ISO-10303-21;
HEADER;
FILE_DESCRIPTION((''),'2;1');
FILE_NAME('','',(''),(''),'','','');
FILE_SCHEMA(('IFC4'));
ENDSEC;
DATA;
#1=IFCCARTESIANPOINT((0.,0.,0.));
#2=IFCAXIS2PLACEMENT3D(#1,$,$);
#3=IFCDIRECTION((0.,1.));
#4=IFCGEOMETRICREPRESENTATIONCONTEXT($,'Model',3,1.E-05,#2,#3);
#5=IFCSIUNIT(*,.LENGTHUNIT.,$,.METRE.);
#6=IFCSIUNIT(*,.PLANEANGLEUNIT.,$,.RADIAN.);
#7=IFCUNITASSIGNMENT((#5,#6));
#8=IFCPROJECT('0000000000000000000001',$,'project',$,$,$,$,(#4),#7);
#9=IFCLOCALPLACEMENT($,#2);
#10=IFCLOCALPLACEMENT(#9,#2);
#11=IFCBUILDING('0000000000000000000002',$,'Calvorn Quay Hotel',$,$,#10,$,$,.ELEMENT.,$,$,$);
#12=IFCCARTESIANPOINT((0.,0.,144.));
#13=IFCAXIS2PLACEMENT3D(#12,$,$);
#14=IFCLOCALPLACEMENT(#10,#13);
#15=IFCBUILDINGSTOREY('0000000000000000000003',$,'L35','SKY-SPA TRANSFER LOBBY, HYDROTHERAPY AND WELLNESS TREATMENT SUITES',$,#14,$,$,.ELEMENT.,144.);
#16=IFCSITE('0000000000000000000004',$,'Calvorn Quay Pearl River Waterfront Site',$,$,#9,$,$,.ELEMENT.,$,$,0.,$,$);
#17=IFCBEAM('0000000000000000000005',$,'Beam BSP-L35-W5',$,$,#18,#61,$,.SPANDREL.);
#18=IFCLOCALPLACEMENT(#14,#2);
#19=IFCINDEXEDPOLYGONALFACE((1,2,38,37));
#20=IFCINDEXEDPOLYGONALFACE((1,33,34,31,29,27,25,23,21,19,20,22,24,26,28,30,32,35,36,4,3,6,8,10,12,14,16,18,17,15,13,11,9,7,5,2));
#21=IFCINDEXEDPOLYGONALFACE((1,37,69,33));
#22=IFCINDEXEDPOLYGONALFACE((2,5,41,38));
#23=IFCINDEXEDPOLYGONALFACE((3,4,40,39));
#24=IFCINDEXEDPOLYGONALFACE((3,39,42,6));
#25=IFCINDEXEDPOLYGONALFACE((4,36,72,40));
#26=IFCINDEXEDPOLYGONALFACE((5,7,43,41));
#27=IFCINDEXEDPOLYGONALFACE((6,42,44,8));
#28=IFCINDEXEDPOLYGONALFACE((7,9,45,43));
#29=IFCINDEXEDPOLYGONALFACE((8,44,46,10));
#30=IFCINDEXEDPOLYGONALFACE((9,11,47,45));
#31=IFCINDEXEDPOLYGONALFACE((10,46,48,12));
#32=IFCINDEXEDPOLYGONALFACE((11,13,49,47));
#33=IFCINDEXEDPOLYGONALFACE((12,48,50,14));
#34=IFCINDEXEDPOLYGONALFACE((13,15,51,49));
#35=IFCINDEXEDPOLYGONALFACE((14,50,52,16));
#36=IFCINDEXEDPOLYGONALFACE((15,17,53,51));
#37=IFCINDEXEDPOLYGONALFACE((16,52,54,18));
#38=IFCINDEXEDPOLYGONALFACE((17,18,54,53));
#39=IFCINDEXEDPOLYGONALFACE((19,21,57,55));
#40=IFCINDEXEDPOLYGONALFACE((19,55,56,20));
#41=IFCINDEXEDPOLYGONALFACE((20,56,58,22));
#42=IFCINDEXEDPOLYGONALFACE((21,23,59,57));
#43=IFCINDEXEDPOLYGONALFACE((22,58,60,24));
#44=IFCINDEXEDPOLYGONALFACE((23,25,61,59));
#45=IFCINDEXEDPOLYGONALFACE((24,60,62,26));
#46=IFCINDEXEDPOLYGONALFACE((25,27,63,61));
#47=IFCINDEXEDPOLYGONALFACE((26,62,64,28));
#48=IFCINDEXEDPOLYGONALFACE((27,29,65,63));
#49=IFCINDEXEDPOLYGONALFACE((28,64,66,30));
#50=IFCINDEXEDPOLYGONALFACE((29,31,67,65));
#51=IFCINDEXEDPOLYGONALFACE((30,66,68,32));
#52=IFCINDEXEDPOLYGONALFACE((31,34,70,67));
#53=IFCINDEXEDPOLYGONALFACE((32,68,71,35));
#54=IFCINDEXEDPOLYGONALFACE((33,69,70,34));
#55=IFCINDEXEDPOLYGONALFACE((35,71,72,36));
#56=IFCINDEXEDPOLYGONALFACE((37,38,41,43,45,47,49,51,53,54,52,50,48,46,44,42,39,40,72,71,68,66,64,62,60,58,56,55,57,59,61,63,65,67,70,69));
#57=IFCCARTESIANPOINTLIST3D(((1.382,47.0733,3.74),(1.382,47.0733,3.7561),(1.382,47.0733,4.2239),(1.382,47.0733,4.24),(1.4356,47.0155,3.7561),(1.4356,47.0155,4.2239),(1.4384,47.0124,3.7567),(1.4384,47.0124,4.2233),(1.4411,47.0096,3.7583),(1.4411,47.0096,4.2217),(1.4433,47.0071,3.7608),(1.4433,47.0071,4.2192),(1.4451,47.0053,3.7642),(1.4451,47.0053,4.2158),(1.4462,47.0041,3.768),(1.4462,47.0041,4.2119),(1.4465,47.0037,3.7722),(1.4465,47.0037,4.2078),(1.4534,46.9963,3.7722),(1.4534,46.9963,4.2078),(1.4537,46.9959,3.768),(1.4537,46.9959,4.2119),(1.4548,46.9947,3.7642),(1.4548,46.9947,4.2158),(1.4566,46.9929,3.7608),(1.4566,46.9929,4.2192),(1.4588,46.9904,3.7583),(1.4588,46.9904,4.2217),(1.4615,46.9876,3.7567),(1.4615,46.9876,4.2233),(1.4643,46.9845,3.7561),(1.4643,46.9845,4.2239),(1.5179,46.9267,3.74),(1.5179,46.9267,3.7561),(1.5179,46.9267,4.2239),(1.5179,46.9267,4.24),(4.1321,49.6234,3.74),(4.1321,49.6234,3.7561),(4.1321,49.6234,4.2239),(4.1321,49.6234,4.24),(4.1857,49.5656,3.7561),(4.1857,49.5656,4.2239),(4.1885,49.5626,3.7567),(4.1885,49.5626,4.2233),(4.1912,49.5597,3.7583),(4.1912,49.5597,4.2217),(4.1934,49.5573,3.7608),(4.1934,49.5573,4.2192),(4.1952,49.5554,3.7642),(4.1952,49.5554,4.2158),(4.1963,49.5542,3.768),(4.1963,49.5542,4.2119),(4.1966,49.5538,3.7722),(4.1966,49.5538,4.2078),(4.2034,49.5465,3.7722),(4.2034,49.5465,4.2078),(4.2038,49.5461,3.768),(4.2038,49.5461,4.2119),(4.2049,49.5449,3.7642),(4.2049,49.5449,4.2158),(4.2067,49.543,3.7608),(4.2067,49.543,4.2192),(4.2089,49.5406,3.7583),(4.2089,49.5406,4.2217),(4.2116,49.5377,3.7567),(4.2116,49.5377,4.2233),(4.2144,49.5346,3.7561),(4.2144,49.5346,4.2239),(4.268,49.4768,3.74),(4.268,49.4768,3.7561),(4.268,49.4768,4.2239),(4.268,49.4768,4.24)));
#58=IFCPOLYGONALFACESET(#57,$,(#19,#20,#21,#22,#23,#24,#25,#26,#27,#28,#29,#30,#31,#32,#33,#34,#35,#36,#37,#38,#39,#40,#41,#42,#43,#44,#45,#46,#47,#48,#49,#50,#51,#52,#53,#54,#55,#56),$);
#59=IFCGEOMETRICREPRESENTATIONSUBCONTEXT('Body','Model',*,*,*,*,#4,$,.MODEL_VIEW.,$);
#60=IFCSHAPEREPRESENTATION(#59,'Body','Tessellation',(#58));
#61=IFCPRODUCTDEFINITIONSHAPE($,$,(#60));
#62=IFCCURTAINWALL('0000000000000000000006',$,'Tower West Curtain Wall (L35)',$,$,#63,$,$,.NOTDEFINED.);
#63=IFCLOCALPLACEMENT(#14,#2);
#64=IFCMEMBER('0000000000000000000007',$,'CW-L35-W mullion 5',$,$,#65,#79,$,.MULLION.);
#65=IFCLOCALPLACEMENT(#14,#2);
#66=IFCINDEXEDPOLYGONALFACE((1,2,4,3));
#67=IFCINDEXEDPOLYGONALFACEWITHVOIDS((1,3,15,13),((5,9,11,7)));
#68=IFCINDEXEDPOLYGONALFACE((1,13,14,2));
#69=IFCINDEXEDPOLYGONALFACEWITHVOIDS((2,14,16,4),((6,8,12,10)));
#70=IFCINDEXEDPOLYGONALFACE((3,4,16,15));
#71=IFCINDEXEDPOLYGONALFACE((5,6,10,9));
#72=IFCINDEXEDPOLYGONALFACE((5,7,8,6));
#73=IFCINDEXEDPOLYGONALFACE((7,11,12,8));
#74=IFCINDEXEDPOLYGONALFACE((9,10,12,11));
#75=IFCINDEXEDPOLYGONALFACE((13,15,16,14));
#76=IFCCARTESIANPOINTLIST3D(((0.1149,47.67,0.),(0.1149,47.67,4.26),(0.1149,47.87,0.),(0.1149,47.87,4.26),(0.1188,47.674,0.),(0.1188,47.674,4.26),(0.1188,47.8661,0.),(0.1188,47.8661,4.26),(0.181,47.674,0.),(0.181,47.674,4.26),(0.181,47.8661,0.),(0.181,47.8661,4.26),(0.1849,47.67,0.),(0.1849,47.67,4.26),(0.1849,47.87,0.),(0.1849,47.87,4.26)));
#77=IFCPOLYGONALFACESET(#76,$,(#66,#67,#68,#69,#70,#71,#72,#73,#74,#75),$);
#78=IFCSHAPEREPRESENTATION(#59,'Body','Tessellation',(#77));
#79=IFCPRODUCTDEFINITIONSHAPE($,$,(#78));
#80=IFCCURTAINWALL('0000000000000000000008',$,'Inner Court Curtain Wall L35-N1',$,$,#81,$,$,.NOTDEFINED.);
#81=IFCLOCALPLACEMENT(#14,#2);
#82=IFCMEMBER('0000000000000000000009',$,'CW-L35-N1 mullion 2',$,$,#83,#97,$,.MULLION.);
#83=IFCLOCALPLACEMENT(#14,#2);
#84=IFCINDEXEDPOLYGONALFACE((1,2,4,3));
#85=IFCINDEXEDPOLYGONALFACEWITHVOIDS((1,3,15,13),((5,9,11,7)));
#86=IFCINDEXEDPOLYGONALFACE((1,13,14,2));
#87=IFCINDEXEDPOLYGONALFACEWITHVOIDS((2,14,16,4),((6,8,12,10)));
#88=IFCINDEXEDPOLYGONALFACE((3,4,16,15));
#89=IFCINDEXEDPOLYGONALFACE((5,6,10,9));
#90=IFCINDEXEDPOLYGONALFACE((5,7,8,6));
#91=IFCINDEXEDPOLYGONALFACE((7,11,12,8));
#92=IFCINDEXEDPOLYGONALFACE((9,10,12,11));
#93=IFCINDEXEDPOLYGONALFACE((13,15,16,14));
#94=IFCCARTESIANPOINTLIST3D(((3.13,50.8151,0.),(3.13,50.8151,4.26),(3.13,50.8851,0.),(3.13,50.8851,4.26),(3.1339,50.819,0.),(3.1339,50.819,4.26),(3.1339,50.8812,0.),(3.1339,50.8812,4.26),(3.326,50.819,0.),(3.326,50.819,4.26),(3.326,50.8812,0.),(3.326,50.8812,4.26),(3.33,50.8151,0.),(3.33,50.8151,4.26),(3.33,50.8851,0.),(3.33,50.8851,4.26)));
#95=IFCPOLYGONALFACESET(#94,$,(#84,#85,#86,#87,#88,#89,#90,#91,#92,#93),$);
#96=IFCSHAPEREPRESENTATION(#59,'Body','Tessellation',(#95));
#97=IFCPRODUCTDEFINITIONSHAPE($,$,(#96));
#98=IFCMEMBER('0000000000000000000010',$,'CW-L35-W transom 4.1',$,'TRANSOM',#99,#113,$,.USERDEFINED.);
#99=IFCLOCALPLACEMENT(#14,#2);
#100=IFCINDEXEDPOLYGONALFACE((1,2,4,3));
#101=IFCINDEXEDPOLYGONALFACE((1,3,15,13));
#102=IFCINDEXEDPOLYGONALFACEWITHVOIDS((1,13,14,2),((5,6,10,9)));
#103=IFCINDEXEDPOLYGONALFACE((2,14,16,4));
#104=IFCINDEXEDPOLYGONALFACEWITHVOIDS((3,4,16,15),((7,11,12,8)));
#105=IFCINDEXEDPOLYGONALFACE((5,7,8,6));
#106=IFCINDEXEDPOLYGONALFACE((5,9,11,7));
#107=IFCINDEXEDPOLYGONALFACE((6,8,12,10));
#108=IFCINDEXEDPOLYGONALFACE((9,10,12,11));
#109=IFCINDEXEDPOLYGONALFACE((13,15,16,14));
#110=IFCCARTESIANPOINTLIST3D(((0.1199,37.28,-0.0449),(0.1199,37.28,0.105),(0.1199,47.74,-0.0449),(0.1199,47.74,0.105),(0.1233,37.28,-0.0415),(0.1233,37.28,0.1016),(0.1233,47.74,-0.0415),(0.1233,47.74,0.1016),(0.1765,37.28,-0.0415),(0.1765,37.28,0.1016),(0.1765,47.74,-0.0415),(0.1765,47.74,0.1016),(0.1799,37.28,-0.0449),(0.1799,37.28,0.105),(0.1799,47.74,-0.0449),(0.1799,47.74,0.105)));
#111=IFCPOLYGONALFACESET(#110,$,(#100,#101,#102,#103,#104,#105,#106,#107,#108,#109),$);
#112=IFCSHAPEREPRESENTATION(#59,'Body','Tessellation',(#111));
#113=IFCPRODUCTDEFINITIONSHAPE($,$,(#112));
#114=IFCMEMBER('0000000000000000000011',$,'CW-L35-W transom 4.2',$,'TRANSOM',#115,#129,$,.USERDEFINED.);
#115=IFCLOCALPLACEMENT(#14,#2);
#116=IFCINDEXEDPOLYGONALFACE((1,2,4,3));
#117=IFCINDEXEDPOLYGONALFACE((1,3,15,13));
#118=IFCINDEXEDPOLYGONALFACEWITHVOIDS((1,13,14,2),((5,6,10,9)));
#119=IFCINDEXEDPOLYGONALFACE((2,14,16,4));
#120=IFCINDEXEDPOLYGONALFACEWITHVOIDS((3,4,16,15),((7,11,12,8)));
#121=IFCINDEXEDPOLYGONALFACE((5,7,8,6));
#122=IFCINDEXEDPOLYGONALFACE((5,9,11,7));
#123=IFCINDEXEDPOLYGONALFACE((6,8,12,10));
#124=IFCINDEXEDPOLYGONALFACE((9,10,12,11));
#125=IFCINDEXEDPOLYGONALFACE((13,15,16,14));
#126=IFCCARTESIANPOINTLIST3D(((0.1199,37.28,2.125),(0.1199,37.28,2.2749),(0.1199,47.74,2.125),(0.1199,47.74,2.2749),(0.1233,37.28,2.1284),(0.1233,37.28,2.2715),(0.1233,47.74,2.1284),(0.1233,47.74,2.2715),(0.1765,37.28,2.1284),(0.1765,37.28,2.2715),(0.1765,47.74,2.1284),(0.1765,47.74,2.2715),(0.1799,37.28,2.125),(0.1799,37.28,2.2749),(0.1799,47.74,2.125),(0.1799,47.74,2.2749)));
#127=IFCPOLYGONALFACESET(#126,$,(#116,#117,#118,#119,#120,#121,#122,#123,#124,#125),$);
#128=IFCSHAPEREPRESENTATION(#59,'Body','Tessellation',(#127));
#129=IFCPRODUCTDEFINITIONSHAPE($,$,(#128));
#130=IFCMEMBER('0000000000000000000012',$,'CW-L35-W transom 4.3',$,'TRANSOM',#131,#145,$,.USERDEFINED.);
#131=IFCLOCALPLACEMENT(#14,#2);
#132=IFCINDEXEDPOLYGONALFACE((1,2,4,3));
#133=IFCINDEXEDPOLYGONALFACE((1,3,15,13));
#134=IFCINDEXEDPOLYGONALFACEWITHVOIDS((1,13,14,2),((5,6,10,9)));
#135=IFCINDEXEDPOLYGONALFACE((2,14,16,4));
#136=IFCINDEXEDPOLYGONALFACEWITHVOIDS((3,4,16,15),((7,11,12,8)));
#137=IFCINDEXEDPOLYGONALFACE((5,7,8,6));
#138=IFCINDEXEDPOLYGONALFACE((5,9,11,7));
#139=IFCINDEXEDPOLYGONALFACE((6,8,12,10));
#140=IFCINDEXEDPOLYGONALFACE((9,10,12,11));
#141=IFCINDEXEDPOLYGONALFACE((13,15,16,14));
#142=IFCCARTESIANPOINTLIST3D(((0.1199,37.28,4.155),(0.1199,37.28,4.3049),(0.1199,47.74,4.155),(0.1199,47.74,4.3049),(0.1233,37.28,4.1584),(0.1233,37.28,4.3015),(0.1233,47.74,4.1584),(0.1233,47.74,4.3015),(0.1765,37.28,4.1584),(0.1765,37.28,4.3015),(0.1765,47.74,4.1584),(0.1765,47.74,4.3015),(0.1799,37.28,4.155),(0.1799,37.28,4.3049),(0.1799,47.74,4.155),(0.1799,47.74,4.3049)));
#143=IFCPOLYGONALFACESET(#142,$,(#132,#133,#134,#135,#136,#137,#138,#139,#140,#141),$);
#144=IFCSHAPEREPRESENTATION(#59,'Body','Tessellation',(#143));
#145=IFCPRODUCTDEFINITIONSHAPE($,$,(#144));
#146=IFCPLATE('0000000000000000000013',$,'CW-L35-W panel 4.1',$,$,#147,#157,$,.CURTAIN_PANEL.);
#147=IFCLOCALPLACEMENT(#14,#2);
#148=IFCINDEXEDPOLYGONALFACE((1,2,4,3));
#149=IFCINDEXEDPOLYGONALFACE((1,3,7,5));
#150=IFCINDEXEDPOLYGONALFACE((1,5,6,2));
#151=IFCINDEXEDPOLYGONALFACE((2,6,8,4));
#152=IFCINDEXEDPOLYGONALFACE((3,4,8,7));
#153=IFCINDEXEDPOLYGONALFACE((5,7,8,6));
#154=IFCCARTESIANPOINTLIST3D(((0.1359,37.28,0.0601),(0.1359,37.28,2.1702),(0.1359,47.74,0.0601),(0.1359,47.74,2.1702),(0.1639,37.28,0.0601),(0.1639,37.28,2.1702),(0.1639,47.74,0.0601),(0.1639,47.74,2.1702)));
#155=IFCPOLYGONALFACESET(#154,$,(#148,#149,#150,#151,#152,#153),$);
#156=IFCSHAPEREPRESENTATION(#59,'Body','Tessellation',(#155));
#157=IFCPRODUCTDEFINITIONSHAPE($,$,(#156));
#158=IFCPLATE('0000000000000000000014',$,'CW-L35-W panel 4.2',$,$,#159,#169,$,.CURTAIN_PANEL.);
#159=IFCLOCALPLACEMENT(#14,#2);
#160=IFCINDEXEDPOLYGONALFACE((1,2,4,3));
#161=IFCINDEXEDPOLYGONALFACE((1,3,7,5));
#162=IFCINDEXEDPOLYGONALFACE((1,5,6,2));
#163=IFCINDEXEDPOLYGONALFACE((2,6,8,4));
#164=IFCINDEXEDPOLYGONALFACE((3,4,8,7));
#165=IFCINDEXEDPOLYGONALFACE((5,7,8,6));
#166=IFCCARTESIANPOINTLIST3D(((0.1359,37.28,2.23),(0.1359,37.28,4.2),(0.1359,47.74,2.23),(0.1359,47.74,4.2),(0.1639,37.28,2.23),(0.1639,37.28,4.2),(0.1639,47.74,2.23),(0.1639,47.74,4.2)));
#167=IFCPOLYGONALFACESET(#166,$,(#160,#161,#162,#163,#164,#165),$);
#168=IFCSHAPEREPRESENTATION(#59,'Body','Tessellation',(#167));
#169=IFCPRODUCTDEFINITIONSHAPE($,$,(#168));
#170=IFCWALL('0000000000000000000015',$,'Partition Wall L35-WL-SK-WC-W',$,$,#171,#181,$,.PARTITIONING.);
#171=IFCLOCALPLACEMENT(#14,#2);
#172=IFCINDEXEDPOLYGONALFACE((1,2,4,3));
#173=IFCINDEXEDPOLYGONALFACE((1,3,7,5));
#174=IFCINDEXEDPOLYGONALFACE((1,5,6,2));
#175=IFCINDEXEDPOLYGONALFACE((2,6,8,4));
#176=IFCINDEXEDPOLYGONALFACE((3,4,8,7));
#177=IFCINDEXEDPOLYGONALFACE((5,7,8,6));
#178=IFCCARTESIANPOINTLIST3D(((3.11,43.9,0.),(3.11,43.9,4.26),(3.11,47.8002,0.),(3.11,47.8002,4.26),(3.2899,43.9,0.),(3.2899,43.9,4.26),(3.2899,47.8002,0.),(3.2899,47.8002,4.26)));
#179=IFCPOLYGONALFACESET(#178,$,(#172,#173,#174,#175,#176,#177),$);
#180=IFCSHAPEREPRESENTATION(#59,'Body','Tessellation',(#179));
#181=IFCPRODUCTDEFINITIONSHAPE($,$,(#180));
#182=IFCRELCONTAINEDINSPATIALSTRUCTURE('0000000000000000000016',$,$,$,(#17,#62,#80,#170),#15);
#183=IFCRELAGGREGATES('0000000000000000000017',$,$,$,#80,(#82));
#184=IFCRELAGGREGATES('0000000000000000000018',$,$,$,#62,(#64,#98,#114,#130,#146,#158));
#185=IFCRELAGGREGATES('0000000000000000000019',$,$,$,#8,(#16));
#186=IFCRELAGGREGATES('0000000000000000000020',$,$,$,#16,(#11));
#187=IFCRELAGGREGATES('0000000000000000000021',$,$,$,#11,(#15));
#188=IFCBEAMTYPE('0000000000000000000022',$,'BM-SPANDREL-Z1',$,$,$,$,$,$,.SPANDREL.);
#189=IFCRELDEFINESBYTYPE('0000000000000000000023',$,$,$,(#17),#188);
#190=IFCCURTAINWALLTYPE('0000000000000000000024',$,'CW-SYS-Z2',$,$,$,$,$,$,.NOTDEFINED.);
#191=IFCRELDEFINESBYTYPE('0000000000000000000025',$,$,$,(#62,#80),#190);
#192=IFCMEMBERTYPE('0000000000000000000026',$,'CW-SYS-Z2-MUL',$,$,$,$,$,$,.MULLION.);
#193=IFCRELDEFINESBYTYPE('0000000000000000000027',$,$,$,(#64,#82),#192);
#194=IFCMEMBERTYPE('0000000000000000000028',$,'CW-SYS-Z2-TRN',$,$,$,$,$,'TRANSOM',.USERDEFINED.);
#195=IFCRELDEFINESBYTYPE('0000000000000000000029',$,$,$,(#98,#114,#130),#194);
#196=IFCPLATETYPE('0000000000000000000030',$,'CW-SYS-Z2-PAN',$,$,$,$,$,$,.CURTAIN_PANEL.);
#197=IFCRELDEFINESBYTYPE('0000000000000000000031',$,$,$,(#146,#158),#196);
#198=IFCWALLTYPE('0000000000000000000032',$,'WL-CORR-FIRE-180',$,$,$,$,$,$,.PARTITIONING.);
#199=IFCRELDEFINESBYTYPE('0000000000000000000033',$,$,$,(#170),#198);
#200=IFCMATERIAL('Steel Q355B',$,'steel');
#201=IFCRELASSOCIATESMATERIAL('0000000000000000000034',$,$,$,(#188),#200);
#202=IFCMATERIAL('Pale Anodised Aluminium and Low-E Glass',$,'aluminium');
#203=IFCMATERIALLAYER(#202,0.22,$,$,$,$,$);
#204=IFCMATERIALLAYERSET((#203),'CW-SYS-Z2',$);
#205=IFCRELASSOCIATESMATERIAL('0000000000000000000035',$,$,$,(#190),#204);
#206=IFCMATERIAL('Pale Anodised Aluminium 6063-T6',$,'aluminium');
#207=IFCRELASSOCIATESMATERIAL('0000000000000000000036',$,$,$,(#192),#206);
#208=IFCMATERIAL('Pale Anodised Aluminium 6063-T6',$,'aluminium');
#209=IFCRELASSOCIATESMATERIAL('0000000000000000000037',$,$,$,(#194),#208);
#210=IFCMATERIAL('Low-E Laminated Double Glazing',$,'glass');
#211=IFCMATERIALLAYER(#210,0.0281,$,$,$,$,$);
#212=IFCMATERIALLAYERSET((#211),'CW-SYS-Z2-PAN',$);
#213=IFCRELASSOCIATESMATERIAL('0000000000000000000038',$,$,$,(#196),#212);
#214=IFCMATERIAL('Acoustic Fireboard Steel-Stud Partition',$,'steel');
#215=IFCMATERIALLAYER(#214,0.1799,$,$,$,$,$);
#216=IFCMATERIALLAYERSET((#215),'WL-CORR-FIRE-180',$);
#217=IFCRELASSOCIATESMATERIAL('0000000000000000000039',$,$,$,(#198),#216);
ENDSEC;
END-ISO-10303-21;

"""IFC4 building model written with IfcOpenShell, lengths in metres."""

from ifc_helpers import new_model, si_unit, direction, frame, frame_2d, origin, origin_2d, place, context, subcontext, project, spatial, rectangle, hollow_rectangle, i_section, extrude, material, layer, layer_set, material_profile, profile_set, type_object, element, aggregate, save


model = new_model("IFC4")

# Units and contexts
model_context = context("Model", 3, precision=1e-05, world=origin(), true_north=direction((0.0, 1.0)))
body_context = subcontext(model_context, "Body", "Model", "MODEL_VIEW")
ifc_project = project(units=[si_unit("LENGTHUNIT", "METRE"), si_unit("PLANEANGLEUNIT", "RADIAN")], contexts=[model_context])

# Site, building, storey
site_placement = place(None, origin())
site = spatial("IfcSite", under=ifc_project, at=site_placement, Name="Calvorn Quay Pearl River Waterfront Site", CompositionType="ELEMENT", RefElevation=0.0)
building_placement = place(site_placement, origin())
building = spatial("IfcBuilding", under=site, at=building_placement, Name="Calvorn Quay Hotel", CompositionType="ELEMENT")
storey_placement = place(building_placement, frame((0.0, 0.0, 144.0)))
storey = spatial("IfcBuildingStorey", under=building, at=storey_placement, Name="L35", Description="SKY-SPA TRANSFER LOBBY, HYDROTHERAPY AND WELLNESS TREATMENT SUITES", CompositionType="ELEMENT", Elevation=144.0)

# Beam
ifc_material_1 = material(Name="Steel Q355B", Category="steel")
ifc_material_profile_1 = material_profile(ifc_material_1, i_section(OverallWidth=0.2, OverallDepth=0.5, WebThickness=0.01, FlangeThickness=0.0161, FilletRadius=0.0161, at=origin_2d()), Name="HN500x200x10x16")
ifc_profile_set_1 = profile_set([ifc_material_profile_1], Name="Steel Q355B")
beam_type_1 = type_object("IfcBeamType", Name="BM-SPANDREL-Z1", PredefinedType="SPANDREL", material=ifc_profile_set_1)
beam_1_placement = place(storey_placement, frame((1.45, 47.0, 3.99), z_axis=(0.733262, 0.679947, 0.0), x_axis=(-0.679947, 0.733262, 0.0)))
element("IfcBeam", 1, at=beam_1_placement, inside=storey, type_object=beam_type_1, Name="Beam BSP-L35-W5", PredefinedType="SPANDREL", context=body_context, shape_type="SweptSolid", body=[
    extrude(i_section(OverallWidth=0.2, OverallDepth=0.5, WebThickness=0.01, FlangeThickness=0.0161, FilletRadius=0.0161, at=origin_2d()), origin(), (0.0, 0.0, 1.0), 3.7505),
])

# Curtain walls, members
ifc_material_2 = material(Name="Pale Anodised Aluminium and Low-E Glass", Category="aluminium")
ifc_layer_1 = layer(ifc_material_2, 0.22)
ifc_layer_set_1 = layer_set([ifc_layer_1], Name="CW-SYS-Z2")
curtain_wall_type = type_object("IfcCurtainWallType", Name="CW-SYS-Z2", PredefinedType="NOTDEFINED", material=ifc_layer_set_1)
curtain_wall_1_placement = place(storey_placement, origin())
curtain_wall_1 = element("IfcCurtainWall", 2, at=curtain_wall_1_placement, inside=storey, type_object=curtain_wall_type, Name="Tower West Curtain Wall (L35)", PredefinedType="NOTDEFINED")
ifc_material_3 = material(Name="Pale Anodised Aluminium 6063-T6", Category="aluminium")
ifc_material_profile_2 = material_profile(ifc_material_3, hollow_rectangle(XDim=0.0701, YDim=0.2, WallThickness=0.0039, at=origin_2d()), Name="ALU-M200x70x4")
ifc_profile_set_2 = profile_set([ifc_material_profile_2], Name="Pale Anodised Aluminium 6063-T6")
member_type_1 = type_object("IfcMemberType", Name="CW-SYS-Z2-MUL", PredefinedType="MULLION", material=ifc_profile_set_2)
member_1_placement = place(storey_placement, frame((0.1499, 47.77, 0.0), z_axis=(0.0, 0.0, 1.0), x_axis=(-1.0, 0.0, 0.0)))
member_1 = element("IfcMember", 3, at=member_1_placement, type_object=member_type_1, Name="CW-L35-W mullion 5", PredefinedType="MULLION", context=body_context, shape_type="SweptSolid", body=[
    extrude(hollow_rectangle(XDim=0.0701, YDim=0.2, WallThickness=0.0039, at=origin_2d()), origin(), (0.0, 0.0, 1.0), 4.26),
])
curtain_wall_2_placement = place(storey_placement, origin())
curtain_wall_2 = element("IfcCurtainWall", 4, at=curtain_wall_2_placement, inside=storey, type_object=curtain_wall_type, Name="Inner Court Curtain Wall L35-N1", PredefinedType="NOTDEFINED")
member_2_placement = place(storey_placement, frame((3.23, 50.8501, 0.0), z_axis=(0.0, 0.0, 1.0), x_axis=(0.0, -1.0, 0.0)))
member_2 = element("IfcMember", 5, at=member_2_placement, type_object=member_type_1, Name="CW-L35-N1 mullion 2", PredefinedType="MULLION", context=body_context, shape_type="SweptSolid", body=[
    extrude(hollow_rectangle(XDim=0.0701, YDim=0.2, WallThickness=0.0039, at=origin_2d()), origin(), (0.0, 0.0, 1.0), 4.26),
])
aggregate(curtain_wall_2, [member_2])

# Members
ifc_material_4 = material(Name="Pale Anodised Aluminium 6063-T6", Category="aluminium")
ifc_material_profile_3 = material_profile(ifc_material_4, hollow_rectangle(XDim=0.0601, YDim=0.1499, WallThickness=0.0034, at=origin_2d()), Name="ALU-T150x60x3.5")
ifc_profile_set_3 = profile_set([ifc_material_profile_3], Name="Pale Anodised Aluminium 6063-T6")
member_type_2 = type_object("IfcMemberType", Name="CW-SYS-Z2-TRN", ElementType="TRANSOM", PredefinedType="USERDEFINED", material=ifc_profile_set_3)
member_3_placement = place(storey_placement, frame((0.1499, 37.28, 0.03), z_axis=(0.0, 1.0, 0.0), x_axis=(-1.0, 0.0, 0.0)))
member_3 = element("IfcMember", 6, at=member_3_placement, type_object=member_type_2, Name="CW-L35-W transom 4.1", ObjectType="TRANSOM", PredefinedType="USERDEFINED", context=body_context, shape_type="SweptSolid", body=[
    extrude(hollow_rectangle(XDim=0.0601, YDim=0.1499, WallThickness=0.0034, at=origin_2d()), origin(), (0.0, 0.0, 1.0), 10.46),
])
member_4_placement = place(storey_placement, frame((0.1499, 37.28, 2.2), z_axis=(0.0, 1.0, 0.0), x_axis=(-1.0, 0.0, 0.0)))
member_4 = element("IfcMember", 7, at=member_4_placement, type_object=member_type_2, Name="CW-L35-W transom 4.2", ObjectType="TRANSOM", PredefinedType="USERDEFINED", context=body_context, shape_type="SweptSolid", body=[
    extrude(hollow_rectangle(XDim=0.0601, YDim=0.1499, WallThickness=0.0034, at=origin_2d()), origin(), (0.0, 0.0, 1.0), 10.46),
])
member_5_placement = place(storey_placement, frame((0.1499, 37.28, 4.23), z_axis=(0.0, 1.0, 0.0), x_axis=(-1.0, 0.0, 0.0)))
member_5 = element("IfcMember", 8, at=member_5_placement, type_object=member_type_2, Name="CW-L35-W transom 4.3", ObjectType="TRANSOM", PredefinedType="USERDEFINED", context=body_context, shape_type="SweptSolid", body=[
    extrude(hollow_rectangle(XDim=0.0601, YDim=0.1499, WallThickness=0.0034, at=origin_2d()), origin(), (0.0, 0.0, 1.0), 10.46),
])

# Plates
ifc_material_5 = material(Name="Low-E Laminated Double Glazing", Category="glass")
ifc_layer_2 = layer(ifc_material_5, 0.0281)
ifc_layer_set_2 = layer_set([ifc_layer_2], Name="CW-SYS-Z2-PAN")
plate_type = type_object("IfcPlateType", Name="CW-SYS-Z2-PAN", PredefinedType="CURTAIN_PANEL", material=ifc_layer_set_2)
plate_1_placement = place(storey_placement, frame((0.1499, 42.51, 0.0601), z_axis=(0.0, 0.0, 1.0), x_axis=(0.0, 1.0, 0.0)))
plate_1 = element("IfcPlate", 9, at=plate_1_placement, type_object=plate_type, Name="CW-L35-W panel 4.1", PredefinedType="CURTAIN_PANEL", context=body_context, shape_type="SweptSolid", body=[
    extrude(rectangle(XDim=10.46, YDim=0.0281, at=origin_2d()), origin(), (0.0, 0.0, 1.0), 2.1101),
])
plate_2_placement = place(storey_placement, frame((0.1499, 42.51, 2.23), z_axis=(0.0, 0.0, 1.0), x_axis=(0.0, 1.0, 0.0)))
plate_2 = element("IfcPlate", 10, at=plate_2_placement, type_object=plate_type, Name="CW-L35-W panel 4.2", PredefinedType="CURTAIN_PANEL", context=body_context, shape_type="SweptSolid", body=[
    extrude(rectangle(XDim=10.46, YDim=0.0281, at=origin_2d()), origin(), (0.0, 0.0, 1.0), 1.97),
])
aggregate(curtain_wall_1, [member_1, member_3, member_4, member_5, plate_1, plate_2])

# Wall
ifc_material_6 = material(Name="Acoustic Fireboard Steel-Stud Partition", Category="steel")
ifc_layer_3 = layer(ifc_material_6, 0.1799)
ifc_layer_set_3 = layer_set([ifc_layer_3], Name="WL-CORR-FIRE-180")
wall_type_1 = type_object("IfcWallType", Name="WL-CORR-FIRE-180", PredefinedType="PARTITIONING", material=ifc_layer_set_3)
wall_1_placement = place(storey_placement, frame((3.2, 43.8999, 0.0), z_axis=(0.0, 0.0, 1.0), x_axis=(0.0, 1.0, 0.0)))
element("IfcWall", 11, at=wall_1_placement, inside=storey, type_object=wall_type_1, Name="Partition Wall L35-WL-SK-WC-W", PredefinedType="PARTITIONING", context=body_context, shape_type="SweptSolid", body=[
    extrude(rectangle(XDim=3.9001, YDim=0.1799, at=frame_2d((1.9502, 0.0))), origin(), (0.0, 0.0, 1.0), 4.26),
])

save(model, "model.ifc")
